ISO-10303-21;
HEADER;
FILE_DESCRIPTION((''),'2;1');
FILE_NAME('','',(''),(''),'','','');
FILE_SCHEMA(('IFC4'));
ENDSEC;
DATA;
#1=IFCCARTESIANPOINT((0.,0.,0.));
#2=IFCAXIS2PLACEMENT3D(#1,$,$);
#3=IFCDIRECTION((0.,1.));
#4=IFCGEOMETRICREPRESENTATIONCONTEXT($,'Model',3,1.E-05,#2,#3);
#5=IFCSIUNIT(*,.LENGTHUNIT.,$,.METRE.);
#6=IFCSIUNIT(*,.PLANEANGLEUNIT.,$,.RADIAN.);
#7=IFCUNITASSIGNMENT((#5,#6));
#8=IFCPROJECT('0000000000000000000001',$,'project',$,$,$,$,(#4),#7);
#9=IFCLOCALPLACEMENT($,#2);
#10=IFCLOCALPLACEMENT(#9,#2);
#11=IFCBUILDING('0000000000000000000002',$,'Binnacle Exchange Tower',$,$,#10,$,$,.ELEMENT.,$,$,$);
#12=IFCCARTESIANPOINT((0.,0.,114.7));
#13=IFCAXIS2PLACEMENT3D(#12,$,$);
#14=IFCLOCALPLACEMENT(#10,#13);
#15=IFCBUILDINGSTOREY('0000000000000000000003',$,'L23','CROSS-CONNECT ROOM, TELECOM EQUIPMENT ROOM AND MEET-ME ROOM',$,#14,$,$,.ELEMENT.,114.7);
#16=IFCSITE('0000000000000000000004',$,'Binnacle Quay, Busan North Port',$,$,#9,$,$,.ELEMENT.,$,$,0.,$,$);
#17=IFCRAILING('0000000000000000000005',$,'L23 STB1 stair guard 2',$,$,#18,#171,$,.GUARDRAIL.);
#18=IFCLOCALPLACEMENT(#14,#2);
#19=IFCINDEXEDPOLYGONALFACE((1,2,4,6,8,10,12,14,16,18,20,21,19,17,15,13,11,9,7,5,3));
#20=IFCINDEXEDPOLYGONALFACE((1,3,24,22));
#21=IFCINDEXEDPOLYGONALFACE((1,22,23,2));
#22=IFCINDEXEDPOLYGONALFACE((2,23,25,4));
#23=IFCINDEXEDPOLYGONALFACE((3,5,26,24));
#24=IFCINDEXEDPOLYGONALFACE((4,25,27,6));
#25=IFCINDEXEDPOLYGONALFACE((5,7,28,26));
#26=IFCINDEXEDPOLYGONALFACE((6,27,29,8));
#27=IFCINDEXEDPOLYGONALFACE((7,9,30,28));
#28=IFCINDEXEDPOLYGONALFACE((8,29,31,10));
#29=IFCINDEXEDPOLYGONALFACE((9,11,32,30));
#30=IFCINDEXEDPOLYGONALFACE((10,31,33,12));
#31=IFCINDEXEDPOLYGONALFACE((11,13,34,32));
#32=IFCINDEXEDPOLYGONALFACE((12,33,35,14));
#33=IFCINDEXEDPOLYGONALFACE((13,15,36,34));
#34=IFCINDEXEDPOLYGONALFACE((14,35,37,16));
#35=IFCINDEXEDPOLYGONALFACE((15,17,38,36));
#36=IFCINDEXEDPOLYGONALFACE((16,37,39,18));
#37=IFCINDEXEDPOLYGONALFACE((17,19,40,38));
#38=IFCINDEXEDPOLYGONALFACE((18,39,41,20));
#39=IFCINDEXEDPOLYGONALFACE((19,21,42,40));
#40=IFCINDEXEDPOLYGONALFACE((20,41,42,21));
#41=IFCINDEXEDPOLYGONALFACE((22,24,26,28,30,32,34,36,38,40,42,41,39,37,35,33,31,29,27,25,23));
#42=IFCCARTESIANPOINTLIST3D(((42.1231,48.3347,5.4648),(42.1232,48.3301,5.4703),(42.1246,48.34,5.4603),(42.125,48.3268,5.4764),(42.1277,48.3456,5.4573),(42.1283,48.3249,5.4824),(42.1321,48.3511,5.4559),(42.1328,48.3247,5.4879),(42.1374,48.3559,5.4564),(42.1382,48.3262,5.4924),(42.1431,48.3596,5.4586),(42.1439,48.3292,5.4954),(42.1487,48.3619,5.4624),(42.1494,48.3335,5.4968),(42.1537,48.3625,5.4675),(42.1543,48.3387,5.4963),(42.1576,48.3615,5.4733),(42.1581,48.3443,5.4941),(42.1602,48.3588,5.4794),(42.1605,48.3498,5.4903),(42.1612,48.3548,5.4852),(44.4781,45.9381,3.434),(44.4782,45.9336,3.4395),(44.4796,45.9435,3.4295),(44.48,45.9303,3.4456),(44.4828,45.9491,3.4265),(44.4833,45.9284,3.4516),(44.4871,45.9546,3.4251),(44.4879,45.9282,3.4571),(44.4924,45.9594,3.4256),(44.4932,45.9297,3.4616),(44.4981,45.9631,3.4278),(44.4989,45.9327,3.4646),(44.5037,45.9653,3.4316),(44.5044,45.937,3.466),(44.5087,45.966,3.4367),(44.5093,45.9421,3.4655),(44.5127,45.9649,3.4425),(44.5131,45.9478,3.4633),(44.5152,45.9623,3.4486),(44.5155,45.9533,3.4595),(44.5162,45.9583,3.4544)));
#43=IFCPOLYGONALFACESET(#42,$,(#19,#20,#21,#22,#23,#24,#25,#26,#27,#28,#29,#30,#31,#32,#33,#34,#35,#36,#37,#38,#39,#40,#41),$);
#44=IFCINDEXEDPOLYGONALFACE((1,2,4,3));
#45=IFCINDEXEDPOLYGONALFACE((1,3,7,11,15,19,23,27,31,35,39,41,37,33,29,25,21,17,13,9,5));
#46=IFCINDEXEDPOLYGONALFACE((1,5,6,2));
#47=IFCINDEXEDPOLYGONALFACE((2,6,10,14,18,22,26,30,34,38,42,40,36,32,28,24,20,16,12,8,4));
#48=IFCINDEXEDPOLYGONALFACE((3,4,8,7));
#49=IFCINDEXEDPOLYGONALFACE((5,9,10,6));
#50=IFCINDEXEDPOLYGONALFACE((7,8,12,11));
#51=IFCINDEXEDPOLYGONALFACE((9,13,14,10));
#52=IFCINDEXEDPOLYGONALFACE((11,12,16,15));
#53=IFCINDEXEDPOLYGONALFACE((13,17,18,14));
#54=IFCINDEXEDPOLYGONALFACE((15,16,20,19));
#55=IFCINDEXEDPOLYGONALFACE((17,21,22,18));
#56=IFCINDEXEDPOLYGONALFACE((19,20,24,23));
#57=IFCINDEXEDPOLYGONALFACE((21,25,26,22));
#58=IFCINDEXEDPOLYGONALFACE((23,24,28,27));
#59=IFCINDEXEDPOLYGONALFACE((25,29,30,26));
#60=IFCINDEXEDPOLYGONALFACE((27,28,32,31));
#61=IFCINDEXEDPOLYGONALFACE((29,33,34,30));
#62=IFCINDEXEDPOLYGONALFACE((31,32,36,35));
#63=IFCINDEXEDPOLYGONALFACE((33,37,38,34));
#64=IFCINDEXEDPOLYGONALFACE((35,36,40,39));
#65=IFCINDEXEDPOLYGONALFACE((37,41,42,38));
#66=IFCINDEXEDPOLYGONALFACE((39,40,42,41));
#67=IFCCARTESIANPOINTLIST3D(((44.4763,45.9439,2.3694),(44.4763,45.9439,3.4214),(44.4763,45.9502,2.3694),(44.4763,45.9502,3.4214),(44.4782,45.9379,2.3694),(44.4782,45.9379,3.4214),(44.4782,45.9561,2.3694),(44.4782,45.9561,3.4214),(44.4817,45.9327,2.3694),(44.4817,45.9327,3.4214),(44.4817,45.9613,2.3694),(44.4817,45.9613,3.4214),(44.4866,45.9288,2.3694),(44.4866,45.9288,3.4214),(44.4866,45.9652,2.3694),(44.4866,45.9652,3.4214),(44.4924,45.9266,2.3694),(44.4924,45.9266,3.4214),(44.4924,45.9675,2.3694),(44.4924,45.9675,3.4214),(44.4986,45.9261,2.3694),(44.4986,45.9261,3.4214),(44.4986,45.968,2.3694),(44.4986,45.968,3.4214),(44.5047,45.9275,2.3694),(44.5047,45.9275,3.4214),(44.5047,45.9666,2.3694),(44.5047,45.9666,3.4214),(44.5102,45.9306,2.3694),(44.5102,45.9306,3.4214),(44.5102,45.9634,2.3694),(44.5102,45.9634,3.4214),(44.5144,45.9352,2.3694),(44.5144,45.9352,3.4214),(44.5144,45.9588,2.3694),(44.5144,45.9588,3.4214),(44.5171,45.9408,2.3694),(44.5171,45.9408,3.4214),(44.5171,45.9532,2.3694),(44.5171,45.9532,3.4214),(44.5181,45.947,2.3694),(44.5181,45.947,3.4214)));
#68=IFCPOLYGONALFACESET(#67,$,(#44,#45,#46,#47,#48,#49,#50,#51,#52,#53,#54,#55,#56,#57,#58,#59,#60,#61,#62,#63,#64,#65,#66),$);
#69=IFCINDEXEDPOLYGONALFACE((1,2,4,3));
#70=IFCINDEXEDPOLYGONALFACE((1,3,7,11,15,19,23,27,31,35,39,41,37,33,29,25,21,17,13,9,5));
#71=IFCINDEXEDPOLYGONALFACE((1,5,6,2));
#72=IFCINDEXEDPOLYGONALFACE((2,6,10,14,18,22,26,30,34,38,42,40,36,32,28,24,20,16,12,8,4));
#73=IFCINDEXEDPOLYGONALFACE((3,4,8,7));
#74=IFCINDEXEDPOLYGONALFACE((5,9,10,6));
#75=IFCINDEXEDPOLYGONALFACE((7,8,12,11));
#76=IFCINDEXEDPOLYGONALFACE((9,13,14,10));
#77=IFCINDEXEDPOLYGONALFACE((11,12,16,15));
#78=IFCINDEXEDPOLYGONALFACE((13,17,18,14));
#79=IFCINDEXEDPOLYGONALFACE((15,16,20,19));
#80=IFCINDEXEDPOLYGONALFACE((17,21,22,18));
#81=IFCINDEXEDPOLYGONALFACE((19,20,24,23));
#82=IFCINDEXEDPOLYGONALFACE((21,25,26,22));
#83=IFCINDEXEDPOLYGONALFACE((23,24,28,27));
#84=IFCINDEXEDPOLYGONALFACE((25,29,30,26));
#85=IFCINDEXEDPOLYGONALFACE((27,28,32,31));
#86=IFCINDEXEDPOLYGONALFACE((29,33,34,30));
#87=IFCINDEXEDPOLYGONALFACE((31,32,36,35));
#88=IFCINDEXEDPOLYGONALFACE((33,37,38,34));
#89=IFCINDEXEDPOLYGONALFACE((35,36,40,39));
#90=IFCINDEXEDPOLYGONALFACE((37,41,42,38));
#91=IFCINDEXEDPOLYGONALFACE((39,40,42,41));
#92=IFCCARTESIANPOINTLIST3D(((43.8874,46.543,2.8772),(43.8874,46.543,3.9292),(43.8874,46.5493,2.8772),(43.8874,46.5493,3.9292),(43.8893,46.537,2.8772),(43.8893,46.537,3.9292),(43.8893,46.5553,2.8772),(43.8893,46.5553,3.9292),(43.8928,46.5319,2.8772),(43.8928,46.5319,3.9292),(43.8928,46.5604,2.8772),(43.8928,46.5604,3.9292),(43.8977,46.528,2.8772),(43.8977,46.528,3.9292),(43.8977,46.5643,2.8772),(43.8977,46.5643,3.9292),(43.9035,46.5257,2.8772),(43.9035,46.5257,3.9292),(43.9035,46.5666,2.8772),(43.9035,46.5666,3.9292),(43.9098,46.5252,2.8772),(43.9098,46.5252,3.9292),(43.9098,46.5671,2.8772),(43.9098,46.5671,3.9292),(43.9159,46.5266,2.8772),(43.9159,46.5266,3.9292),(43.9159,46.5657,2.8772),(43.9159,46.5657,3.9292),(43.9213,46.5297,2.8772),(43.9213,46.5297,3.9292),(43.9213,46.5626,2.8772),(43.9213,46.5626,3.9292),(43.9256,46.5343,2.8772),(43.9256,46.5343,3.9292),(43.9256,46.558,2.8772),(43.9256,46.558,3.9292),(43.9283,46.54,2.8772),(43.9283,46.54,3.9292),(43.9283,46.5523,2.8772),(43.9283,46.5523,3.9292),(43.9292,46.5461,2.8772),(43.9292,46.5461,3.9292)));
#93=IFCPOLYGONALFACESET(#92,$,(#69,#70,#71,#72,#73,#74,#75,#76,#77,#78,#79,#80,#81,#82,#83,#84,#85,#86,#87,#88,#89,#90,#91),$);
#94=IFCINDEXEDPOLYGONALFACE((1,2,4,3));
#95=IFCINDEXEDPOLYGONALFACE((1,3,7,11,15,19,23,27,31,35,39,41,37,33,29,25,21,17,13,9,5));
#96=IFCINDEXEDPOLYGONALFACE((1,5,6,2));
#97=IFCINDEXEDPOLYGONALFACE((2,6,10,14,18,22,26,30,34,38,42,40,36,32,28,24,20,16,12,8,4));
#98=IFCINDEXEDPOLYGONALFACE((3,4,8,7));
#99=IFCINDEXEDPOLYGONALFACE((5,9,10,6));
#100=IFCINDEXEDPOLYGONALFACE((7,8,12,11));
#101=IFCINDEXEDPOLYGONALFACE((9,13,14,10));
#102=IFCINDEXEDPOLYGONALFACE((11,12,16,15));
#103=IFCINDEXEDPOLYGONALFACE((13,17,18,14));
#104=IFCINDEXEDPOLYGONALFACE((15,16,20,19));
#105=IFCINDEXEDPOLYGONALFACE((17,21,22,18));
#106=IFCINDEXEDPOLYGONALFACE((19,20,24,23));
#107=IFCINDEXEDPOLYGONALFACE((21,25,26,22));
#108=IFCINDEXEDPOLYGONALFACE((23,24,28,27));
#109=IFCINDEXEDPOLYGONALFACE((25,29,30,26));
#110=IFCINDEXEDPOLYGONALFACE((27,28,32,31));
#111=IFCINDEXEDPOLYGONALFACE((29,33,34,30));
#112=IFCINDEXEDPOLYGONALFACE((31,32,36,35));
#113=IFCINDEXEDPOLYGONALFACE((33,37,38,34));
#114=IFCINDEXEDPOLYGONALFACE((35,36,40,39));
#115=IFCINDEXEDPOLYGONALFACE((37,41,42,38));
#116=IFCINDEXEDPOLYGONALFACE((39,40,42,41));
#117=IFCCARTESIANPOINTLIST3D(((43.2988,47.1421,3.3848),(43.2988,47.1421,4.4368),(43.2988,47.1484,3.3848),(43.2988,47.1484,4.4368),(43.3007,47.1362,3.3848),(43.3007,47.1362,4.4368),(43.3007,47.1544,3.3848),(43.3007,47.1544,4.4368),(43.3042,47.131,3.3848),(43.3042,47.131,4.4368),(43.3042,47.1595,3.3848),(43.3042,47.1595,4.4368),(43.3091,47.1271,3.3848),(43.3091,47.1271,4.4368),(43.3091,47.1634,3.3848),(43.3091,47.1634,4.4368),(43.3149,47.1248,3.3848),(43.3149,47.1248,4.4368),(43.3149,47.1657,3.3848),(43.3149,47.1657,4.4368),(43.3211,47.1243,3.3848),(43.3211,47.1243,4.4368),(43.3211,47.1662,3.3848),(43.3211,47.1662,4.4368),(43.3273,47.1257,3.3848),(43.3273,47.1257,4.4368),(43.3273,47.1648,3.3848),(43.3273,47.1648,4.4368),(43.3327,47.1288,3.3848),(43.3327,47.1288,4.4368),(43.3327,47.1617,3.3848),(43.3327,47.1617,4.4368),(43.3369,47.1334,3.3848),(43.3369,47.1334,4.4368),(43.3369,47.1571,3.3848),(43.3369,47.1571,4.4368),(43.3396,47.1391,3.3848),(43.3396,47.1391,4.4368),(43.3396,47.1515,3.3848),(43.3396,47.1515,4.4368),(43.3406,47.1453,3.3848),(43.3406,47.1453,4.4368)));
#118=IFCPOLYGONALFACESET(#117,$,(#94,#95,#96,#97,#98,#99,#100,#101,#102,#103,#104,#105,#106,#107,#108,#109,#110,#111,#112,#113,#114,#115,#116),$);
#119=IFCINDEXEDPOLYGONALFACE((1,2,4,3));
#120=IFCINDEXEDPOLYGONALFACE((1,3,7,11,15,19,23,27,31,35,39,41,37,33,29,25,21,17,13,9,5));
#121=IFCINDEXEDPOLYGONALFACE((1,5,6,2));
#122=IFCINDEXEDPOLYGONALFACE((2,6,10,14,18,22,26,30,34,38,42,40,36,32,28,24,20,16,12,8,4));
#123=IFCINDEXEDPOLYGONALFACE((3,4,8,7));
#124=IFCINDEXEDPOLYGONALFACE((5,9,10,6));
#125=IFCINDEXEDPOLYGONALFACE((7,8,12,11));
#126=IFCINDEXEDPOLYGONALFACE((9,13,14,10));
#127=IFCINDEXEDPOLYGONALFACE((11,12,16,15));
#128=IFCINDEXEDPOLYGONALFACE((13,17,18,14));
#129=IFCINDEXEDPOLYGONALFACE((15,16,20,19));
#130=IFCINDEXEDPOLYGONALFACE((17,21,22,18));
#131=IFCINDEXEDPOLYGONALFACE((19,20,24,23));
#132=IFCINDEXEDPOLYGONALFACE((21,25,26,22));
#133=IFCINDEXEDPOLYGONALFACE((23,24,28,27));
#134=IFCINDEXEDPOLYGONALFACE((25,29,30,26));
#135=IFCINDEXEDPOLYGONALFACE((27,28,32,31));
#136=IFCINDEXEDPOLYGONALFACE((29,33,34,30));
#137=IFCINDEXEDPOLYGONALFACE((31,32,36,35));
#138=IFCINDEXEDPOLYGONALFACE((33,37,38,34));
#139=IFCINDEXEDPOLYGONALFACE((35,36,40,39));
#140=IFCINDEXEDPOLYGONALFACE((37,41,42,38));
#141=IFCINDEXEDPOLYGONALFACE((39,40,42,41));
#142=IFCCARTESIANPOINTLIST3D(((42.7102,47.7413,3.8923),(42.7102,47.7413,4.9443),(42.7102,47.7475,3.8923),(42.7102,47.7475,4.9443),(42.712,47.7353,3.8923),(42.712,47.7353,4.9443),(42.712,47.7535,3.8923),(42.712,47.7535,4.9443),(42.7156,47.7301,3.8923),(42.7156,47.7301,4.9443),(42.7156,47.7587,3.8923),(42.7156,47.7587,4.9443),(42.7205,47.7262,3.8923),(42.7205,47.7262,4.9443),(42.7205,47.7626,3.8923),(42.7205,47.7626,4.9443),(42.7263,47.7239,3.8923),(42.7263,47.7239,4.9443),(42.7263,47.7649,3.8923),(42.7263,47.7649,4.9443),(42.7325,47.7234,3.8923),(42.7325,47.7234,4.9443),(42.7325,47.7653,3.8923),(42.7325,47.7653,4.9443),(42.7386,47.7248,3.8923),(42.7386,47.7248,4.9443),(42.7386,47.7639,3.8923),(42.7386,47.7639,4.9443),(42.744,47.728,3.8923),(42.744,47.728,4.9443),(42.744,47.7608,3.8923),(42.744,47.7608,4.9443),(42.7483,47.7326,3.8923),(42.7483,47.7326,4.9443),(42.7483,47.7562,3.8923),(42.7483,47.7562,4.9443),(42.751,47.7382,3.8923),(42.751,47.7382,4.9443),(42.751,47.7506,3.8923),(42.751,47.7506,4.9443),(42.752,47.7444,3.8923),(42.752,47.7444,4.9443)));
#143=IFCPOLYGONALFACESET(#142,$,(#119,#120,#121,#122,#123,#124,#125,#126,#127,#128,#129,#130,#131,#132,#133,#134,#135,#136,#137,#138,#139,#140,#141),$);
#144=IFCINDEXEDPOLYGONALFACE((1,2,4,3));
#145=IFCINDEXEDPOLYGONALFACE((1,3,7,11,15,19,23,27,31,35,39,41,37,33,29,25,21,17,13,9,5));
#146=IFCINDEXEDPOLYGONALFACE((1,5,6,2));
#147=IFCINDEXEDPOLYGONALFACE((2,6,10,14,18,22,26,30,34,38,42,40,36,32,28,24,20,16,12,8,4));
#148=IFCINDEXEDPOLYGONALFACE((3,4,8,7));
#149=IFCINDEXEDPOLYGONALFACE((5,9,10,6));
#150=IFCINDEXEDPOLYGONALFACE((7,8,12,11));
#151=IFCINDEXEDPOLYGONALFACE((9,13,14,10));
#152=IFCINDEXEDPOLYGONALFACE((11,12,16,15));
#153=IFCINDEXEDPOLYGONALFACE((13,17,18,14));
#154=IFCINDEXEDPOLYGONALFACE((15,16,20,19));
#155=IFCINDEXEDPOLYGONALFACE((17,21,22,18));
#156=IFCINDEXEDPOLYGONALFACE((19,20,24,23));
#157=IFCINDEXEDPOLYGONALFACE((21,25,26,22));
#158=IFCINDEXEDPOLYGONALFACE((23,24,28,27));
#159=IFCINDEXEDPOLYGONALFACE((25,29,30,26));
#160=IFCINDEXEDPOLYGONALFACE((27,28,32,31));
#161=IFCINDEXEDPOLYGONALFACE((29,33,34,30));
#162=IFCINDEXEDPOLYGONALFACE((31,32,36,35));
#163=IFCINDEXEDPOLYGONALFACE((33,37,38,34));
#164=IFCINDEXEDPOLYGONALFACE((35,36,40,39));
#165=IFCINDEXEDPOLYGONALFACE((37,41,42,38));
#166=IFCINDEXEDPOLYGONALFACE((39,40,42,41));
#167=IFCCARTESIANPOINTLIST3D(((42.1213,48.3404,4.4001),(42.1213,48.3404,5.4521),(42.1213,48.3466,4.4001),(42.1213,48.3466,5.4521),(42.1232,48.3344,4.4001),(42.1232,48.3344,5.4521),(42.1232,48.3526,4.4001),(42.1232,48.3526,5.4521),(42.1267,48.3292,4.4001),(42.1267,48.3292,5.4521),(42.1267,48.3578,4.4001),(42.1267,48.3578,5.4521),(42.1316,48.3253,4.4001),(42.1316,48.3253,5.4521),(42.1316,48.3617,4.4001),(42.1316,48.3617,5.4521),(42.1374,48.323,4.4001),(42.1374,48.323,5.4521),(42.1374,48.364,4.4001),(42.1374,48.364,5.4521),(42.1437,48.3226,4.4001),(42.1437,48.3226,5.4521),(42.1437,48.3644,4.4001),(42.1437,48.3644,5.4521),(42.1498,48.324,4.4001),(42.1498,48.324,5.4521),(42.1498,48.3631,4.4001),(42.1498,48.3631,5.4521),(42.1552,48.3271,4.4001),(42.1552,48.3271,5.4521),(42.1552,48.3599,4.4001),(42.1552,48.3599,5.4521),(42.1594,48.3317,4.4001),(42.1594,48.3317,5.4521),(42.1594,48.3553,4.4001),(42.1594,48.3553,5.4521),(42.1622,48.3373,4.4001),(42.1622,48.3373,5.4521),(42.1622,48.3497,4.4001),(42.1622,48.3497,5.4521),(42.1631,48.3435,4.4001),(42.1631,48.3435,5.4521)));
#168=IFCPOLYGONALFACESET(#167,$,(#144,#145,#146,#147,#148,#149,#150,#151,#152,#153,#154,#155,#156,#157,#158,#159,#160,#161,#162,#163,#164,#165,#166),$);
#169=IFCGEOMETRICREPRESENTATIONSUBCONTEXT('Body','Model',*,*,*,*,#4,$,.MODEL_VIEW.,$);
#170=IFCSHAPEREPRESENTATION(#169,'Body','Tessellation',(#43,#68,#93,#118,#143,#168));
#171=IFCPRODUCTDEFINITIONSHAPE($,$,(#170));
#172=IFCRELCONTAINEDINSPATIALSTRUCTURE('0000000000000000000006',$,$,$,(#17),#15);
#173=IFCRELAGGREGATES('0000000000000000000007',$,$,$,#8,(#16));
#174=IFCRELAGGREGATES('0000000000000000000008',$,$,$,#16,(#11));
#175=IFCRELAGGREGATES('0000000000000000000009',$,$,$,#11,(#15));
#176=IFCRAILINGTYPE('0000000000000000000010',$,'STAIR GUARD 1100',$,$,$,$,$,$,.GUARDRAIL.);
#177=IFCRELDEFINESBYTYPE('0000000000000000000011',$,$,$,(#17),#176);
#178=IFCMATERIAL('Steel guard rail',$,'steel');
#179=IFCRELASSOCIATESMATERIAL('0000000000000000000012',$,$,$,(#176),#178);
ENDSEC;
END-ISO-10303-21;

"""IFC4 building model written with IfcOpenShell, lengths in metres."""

from ifc_helpers import new_model, si_unit, direction, frame, origin, origin_2d, place, context, subcontext, project, spatial, circle, extrude, material, type_object, element, save


model = new_model("IFC4")

# Units and contexts
model_context = context("Model", 3, precision=1e-05, world=origin(), true_north=direction((0.0, 1.0)))
body_context = subcontext(model_context, "Body", "Model", "MODEL_VIEW")
ifc_project = project(units=[si_unit("LENGTHUNIT", "METRE"), si_unit("PLANEANGLEUNIT", "RADIAN")], contexts=[model_context])

# Site, building, storey
site_placement = place(None, origin())
site = spatial("IfcSite", under=ifc_project, at=site_placement, Name="Binnacle Quay, Busan North Port", CompositionType="ELEMENT", RefElevation=0.0)
building_placement = place(site_placement, origin())
building = spatial("IfcBuilding", under=site, at=building_placement, Name="Binnacle Exchange Tower", CompositionType="ELEMENT")
storey_placement = place(building_placement, frame((0.0, 0.0, 114.7)))
storey = spatial("IfcBuildingStorey", under=building, at=storey_placement, Name="L23", Description="CROSS-CONNECT ROOM, TELECOM EQUIPMENT ROOM AND MEET-ME ROOM", CompositionType="ELEMENT", Elevation=114.7)

# Railing
ifc_material_1 = material(Name="Steel guard rail", Category="steel")
railing_type_1 = type_object("IfcRailingType", Name="STAIR GUARD 1100", PredefinedType="GUARDRAIL", material=ifc_material_1)
railing_1_placement = place(storey_placement, frame((44.4971, 45.947, 2.3694)))
element("IfcRailing", 1, at=railing_1_placement, inside=storey, type_object=railing_type_1, Name="L23 STB1 stair guard 2", PredefinedType="GUARDRAIL", context=body_context, shape_type="SweptSolid", body=[
    extrude(circle(Radius=0.0239, at=origin_2d()), frame((0.0, 0.0, 1.0762), z_axis=(-0.59985, 0.610422, 0.517267), x_axis=(-0.713256, -0.700903, 0.0)), (0.0, 0.0, 1.0), 3.926),
    extrude(circle(Radius=0.021, at=origin_2d()), origin(), (0.0, 0.0, 1.0), 1.052),
    extrude(circle(Radius=0.021, at=origin_2d()), frame((-0.5889, 0.5991, 0.5078)), (0.0, 0.0, 1.0), 1.052),
    extrude(circle(Radius=0.021, at=origin_2d()), frame((-1.1775, 1.1982, 1.0154)), (0.0, 0.0, 1.0), 1.052),
    extrude(circle(Radius=0.021, at=origin_2d()), frame((-1.7661, 1.7974, 1.5229)), (0.0, 0.0, 1.0), 1.052),
    extrude(circle(Radius=0.021, at=origin_2d()), frame((-2.355, 2.3965, 2.0308)), (0.0, 0.0, 1.0), 1.052),
])

save(model, "model.ifc")
